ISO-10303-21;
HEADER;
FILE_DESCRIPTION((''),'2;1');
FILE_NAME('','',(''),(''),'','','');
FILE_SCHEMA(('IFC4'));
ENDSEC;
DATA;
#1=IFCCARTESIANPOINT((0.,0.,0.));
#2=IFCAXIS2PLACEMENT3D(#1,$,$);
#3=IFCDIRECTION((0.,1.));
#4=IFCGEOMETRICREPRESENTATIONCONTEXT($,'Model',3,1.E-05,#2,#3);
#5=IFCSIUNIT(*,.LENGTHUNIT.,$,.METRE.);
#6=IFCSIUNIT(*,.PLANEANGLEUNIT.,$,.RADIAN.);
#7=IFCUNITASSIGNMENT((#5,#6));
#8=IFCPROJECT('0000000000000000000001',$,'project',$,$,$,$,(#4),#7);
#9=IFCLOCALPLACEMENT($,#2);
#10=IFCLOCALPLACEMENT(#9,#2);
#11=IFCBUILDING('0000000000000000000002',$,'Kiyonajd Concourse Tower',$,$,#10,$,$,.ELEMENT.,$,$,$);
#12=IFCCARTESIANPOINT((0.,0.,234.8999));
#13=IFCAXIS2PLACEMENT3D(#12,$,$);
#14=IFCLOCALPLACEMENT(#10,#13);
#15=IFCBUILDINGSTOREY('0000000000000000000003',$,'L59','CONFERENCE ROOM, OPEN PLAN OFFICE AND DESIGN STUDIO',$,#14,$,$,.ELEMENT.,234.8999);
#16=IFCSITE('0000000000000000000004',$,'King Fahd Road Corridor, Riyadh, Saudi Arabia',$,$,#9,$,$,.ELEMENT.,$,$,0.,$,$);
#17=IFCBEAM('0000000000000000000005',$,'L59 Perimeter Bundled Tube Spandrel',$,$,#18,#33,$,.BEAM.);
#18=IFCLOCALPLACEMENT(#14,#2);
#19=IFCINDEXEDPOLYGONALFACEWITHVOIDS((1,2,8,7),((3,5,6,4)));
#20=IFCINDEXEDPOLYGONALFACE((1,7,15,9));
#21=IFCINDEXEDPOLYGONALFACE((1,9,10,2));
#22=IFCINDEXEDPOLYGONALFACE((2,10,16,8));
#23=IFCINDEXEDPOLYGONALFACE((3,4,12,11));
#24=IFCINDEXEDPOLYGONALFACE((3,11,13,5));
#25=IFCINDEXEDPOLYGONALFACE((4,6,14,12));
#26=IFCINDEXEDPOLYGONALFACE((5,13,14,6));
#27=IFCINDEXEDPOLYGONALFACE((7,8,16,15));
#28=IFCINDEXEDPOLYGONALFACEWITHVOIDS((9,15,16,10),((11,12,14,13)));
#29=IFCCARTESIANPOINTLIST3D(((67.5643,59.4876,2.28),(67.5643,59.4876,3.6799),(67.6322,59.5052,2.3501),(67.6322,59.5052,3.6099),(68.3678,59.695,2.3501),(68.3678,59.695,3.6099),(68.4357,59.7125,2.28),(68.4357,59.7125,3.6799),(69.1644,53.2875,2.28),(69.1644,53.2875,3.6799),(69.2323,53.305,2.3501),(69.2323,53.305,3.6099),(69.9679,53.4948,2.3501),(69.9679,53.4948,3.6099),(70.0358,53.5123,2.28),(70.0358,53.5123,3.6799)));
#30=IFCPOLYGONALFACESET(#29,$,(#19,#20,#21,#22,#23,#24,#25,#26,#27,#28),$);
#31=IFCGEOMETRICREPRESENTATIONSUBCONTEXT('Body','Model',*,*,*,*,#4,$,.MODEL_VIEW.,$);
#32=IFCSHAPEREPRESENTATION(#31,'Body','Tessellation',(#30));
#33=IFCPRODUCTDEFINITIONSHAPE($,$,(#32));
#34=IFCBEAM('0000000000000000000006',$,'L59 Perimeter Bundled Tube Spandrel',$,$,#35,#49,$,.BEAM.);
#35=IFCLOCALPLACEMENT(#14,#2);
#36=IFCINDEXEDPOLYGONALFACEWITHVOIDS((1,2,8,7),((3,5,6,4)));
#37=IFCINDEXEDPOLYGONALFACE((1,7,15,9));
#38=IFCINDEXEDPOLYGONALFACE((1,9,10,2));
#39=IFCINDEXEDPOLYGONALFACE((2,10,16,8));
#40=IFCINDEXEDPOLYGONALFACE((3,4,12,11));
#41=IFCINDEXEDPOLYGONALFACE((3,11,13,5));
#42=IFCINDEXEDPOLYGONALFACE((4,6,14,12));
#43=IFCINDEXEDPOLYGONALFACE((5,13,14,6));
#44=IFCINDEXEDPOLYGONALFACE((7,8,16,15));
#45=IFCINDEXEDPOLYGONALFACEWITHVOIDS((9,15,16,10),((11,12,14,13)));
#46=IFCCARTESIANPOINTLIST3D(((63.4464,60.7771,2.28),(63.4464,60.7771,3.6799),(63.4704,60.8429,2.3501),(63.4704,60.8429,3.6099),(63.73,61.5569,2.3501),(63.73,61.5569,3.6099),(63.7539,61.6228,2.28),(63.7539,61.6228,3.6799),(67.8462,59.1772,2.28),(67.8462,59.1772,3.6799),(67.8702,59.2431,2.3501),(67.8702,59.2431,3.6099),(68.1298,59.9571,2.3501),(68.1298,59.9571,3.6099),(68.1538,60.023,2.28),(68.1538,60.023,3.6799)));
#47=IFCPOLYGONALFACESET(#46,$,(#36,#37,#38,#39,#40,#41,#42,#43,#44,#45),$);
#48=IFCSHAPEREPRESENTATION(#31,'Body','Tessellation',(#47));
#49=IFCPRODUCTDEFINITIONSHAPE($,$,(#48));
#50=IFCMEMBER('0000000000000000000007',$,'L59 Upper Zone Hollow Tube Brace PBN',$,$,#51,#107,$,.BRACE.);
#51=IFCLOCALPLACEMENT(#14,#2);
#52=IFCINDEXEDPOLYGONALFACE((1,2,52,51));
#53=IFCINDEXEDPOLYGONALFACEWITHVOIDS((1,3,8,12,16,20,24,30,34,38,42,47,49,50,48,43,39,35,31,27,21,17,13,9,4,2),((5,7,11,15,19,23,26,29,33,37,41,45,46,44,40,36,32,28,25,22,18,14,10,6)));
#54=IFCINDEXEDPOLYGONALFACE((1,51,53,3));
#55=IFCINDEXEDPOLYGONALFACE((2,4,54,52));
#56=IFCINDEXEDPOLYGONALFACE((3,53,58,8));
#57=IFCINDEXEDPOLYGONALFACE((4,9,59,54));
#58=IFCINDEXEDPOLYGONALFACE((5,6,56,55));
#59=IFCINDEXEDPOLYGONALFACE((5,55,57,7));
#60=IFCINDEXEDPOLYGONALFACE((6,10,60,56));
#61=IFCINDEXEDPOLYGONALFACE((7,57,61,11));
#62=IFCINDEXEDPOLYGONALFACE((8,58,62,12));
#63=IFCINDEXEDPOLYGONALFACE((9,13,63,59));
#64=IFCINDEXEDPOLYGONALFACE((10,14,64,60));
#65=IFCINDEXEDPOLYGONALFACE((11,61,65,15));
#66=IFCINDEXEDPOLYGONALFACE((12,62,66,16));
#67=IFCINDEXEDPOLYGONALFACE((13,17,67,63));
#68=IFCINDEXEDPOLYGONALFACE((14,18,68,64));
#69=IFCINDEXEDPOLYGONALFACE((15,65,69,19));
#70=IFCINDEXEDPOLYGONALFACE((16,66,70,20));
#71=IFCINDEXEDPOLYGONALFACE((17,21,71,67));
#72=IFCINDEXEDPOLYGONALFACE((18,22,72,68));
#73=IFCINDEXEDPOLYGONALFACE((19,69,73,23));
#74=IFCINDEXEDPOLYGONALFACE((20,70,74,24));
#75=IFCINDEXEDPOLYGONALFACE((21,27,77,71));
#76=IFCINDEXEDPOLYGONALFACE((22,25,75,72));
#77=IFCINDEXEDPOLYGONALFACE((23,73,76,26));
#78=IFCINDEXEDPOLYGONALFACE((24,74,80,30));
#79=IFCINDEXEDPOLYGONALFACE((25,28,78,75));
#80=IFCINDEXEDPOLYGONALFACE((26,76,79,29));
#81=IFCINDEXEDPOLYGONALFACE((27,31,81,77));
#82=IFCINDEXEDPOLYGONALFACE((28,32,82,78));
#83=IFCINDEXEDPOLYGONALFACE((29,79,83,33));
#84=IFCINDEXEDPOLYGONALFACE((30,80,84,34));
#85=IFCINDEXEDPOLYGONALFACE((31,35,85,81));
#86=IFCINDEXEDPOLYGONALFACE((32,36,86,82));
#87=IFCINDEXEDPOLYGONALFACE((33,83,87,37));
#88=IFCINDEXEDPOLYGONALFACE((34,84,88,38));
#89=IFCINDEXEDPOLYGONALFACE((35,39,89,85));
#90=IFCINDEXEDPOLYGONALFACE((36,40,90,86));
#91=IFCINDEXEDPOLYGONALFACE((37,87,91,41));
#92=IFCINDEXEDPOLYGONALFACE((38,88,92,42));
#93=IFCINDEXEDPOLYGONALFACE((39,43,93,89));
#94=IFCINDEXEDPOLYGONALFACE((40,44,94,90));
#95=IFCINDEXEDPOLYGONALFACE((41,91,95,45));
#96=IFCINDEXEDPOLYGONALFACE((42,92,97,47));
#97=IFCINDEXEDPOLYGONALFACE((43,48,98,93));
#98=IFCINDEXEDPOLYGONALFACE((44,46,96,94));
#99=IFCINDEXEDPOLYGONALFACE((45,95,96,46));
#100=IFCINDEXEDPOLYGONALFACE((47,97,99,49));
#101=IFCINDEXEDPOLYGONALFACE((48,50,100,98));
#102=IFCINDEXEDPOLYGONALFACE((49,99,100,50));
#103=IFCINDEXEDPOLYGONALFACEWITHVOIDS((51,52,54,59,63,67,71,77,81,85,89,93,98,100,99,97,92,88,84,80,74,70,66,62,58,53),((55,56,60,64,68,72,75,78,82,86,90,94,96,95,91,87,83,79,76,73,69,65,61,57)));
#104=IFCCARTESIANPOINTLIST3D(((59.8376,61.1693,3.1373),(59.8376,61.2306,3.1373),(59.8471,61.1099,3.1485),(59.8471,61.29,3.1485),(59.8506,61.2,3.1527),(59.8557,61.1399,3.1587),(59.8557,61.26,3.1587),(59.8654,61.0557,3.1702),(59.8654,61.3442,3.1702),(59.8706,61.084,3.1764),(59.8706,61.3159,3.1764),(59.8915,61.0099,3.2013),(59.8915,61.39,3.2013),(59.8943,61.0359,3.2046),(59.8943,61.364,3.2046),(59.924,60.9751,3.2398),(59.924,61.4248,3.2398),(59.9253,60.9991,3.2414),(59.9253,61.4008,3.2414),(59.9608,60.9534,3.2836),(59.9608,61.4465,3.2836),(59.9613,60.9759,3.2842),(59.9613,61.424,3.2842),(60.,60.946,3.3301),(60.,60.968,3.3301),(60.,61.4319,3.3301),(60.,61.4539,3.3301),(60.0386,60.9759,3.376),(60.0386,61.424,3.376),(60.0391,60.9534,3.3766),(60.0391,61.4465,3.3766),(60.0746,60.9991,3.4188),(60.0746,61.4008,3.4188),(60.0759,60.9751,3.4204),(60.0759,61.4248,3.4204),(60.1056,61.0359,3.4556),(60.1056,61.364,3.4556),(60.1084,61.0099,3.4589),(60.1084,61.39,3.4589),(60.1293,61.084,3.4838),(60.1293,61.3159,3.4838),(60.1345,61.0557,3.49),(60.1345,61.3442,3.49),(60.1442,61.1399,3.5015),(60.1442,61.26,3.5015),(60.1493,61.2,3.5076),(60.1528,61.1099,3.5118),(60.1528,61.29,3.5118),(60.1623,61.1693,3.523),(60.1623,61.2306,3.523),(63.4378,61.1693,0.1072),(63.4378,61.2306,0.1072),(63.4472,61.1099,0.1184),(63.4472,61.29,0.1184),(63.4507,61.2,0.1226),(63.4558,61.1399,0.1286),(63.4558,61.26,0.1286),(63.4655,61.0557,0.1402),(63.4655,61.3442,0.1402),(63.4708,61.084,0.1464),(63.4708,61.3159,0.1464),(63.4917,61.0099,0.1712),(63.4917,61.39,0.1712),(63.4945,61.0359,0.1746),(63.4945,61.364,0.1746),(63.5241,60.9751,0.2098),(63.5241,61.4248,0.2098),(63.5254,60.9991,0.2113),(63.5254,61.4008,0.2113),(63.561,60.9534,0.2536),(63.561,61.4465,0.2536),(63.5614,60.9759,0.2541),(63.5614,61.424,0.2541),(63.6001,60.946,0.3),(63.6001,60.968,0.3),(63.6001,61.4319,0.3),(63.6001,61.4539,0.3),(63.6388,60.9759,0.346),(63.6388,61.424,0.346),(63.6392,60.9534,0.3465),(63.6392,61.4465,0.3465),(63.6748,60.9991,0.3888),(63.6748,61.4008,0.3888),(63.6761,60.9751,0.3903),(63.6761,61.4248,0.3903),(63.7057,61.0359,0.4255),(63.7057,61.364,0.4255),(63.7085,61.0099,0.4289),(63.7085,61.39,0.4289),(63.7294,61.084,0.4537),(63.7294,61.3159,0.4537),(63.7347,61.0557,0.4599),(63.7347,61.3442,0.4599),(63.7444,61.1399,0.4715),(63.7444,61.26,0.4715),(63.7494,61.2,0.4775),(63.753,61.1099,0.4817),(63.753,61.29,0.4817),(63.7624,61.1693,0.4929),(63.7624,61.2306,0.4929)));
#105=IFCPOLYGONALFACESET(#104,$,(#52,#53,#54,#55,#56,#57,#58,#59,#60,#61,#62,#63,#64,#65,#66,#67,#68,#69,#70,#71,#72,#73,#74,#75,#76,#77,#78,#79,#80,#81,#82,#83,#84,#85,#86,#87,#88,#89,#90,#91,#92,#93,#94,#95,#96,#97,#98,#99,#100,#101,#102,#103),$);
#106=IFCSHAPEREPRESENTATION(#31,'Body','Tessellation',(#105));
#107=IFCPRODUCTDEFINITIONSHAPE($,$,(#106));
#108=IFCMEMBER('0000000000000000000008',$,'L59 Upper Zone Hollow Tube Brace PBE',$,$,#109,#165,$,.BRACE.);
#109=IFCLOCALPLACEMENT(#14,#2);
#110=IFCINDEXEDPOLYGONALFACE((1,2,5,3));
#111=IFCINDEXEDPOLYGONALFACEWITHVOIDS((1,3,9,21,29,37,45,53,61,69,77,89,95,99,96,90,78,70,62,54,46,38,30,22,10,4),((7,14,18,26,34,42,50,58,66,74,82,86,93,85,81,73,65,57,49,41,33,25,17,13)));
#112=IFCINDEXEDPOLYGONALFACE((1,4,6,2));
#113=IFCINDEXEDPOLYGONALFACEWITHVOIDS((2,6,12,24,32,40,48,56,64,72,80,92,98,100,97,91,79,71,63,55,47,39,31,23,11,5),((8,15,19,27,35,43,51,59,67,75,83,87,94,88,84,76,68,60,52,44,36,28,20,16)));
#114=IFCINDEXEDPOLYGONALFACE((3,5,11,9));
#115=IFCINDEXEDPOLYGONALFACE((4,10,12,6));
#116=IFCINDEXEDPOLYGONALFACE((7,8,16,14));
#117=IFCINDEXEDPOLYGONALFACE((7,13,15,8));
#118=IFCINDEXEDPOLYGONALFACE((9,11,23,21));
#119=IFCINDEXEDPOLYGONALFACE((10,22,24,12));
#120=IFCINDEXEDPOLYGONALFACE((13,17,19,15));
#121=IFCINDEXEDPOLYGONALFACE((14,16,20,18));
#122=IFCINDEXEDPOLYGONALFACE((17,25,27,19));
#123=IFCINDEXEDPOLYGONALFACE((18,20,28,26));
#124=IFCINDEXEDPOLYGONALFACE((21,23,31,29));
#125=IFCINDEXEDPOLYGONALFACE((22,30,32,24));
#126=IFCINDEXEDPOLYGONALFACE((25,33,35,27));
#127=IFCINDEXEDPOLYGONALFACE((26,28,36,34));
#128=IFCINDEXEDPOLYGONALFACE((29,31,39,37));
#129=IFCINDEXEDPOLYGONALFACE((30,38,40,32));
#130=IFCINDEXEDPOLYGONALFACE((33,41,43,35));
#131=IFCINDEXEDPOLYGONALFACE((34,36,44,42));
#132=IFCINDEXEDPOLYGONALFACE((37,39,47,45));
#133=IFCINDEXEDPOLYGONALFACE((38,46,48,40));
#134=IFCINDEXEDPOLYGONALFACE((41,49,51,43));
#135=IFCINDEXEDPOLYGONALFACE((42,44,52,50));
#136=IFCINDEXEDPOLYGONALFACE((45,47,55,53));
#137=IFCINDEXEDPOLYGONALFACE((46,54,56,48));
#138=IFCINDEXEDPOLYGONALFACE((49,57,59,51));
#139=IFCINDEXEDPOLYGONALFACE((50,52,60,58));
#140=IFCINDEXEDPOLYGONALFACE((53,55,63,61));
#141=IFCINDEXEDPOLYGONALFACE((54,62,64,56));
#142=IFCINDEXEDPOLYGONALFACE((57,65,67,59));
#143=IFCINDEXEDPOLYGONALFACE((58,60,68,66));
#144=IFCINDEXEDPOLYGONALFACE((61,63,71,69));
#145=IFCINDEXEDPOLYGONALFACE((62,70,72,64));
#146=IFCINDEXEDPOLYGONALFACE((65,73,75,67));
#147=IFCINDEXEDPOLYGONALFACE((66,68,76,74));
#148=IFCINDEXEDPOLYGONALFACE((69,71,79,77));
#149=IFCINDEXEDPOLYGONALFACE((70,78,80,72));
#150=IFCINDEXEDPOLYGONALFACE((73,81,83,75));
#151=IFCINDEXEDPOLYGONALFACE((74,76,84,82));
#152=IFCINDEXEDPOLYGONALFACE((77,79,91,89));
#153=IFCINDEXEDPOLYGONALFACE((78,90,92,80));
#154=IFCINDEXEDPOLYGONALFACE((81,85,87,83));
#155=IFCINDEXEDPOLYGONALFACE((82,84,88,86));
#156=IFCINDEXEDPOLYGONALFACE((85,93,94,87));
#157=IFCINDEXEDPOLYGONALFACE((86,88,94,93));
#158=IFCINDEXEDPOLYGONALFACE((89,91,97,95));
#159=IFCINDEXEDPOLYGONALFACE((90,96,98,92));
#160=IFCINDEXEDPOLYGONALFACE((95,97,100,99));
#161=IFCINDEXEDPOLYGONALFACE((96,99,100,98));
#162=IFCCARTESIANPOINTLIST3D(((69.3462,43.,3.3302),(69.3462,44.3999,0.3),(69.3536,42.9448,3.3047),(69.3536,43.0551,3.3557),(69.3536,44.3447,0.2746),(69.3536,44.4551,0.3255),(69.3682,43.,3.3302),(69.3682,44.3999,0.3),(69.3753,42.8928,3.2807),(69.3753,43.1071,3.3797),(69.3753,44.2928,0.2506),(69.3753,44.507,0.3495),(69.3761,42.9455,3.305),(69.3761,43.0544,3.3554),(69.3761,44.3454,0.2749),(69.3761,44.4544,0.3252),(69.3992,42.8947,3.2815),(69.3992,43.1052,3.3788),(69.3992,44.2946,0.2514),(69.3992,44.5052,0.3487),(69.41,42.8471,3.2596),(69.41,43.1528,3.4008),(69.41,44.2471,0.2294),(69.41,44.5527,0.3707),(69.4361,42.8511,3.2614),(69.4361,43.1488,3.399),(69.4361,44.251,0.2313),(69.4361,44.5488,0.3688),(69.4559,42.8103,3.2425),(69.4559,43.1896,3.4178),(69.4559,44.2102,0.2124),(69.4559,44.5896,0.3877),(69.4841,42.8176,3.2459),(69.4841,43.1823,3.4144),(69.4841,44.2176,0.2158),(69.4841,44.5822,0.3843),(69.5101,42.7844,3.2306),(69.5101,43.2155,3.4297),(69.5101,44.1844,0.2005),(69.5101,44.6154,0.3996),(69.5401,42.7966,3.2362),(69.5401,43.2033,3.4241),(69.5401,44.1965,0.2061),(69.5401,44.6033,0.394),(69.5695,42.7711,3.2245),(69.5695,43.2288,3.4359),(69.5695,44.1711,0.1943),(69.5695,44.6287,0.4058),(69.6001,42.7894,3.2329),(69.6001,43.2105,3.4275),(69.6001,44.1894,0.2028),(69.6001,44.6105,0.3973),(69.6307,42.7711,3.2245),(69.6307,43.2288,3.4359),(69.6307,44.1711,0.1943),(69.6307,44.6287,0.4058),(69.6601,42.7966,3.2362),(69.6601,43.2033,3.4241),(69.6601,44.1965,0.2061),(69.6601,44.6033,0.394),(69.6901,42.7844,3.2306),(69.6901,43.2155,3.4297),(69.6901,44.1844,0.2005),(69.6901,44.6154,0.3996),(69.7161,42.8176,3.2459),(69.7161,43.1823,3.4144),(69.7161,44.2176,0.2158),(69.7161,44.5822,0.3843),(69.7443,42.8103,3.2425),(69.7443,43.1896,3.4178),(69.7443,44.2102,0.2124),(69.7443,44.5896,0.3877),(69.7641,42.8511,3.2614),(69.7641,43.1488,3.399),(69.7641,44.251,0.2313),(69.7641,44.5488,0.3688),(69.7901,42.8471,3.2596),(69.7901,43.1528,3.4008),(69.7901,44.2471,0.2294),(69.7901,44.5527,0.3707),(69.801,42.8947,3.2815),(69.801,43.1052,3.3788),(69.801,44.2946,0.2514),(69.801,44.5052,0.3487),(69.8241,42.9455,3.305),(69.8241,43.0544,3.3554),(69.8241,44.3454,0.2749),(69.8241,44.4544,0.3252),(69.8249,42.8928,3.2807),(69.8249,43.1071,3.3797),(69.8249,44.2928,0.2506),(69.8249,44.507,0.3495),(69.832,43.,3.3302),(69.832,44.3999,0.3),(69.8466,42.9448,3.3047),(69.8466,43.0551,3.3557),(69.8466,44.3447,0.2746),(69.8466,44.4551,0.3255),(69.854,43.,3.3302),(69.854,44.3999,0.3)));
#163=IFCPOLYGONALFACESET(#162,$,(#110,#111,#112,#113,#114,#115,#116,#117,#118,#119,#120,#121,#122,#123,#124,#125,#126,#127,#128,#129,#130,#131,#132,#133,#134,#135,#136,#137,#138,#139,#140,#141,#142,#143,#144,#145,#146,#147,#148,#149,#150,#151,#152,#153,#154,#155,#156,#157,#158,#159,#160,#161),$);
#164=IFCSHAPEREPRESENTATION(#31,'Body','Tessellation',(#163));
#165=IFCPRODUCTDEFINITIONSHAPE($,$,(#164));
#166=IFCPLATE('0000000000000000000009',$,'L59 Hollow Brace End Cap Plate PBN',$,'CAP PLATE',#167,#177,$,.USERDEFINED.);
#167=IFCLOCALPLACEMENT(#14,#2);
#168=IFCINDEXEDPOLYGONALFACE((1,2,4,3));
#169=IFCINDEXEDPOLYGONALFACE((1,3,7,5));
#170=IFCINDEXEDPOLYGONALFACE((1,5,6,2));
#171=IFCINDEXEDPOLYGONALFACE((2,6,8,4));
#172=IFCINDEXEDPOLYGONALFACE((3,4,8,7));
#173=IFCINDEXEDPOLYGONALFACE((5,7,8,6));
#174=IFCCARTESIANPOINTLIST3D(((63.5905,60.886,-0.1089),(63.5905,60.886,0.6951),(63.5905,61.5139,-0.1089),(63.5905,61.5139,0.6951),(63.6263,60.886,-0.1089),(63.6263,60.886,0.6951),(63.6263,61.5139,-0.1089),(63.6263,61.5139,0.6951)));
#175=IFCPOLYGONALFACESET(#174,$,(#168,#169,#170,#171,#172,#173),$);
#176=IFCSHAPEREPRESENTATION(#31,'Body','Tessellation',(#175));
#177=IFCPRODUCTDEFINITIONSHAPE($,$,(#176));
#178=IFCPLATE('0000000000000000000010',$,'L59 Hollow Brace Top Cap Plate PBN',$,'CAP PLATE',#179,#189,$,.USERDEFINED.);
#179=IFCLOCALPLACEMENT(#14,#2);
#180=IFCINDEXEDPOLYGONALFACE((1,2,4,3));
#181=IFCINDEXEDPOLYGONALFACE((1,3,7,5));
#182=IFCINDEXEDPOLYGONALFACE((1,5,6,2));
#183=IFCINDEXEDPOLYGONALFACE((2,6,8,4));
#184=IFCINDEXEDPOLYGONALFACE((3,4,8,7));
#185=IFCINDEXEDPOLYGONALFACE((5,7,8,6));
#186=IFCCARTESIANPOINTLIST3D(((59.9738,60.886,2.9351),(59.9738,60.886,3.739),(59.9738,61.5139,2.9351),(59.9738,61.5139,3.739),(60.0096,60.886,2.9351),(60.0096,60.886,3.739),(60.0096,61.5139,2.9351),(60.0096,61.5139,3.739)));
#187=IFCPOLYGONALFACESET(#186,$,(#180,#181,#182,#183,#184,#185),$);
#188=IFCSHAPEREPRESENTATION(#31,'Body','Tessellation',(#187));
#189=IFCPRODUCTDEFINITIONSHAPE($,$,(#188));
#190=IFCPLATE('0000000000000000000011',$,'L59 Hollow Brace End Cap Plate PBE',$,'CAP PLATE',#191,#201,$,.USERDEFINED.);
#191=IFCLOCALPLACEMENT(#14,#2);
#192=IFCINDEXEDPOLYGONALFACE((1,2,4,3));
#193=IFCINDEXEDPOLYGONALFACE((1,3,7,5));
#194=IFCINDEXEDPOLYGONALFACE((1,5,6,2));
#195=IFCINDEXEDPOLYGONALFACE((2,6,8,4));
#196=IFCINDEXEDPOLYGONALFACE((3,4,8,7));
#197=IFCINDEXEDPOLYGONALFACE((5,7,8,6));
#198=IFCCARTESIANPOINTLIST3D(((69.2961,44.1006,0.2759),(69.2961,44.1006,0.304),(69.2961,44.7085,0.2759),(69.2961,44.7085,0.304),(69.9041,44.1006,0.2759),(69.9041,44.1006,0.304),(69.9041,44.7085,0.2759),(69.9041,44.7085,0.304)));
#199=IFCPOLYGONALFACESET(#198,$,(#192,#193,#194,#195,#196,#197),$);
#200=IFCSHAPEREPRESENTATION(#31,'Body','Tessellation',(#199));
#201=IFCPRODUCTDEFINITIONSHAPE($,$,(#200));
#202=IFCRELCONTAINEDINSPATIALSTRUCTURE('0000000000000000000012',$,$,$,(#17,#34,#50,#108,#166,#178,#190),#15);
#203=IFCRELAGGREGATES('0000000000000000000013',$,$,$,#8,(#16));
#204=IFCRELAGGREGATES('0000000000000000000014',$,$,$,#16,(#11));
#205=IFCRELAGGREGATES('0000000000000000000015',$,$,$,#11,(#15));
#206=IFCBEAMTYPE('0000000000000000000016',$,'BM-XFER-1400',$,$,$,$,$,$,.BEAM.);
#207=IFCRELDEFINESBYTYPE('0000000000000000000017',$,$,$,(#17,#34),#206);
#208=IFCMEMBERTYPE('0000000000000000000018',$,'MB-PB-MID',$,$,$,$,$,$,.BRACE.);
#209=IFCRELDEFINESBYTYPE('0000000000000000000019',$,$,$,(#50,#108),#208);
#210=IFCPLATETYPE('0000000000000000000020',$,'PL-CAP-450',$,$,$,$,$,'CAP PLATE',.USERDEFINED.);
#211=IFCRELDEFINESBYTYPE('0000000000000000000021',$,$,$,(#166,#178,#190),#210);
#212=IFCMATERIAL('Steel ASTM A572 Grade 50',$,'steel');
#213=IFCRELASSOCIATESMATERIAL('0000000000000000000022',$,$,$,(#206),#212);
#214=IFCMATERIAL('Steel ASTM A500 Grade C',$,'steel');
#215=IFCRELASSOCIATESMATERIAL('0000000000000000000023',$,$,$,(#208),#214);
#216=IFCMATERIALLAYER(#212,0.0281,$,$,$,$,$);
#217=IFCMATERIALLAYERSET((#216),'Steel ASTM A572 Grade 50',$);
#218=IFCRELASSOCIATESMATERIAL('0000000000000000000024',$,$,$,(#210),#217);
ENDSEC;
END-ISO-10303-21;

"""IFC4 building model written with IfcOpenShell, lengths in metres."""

from ifc_helpers import new_model, si_unit, direction, frame, origin, origin_2d, place, context, subcontext, project, spatial, rectangle, hollow_rectangle, hollow_circle, extrude, material, layer, layer_set, material_profile, profile_set, type_object, element, save


model = new_model("IFC4")

# Units and contexts
model_context = context("Model", 3, precision=1e-05, world=origin(), true_north=direction((0.0, 1.0)))
body_context = subcontext(model_context, "Body", "Model", "MODEL_VIEW")
ifc_project = project(units=[si_unit("LENGTHUNIT", "METRE"), si_unit("PLANEANGLEUNIT", "RADIAN")], contexts=[model_context])

# Site, building, storey
site_placement = place(None, origin())
site = spatial("IfcSite", under=ifc_project, at=site_placement, Name="King Fahd Road Corridor, Riyadh, Saudi Arabia", CompositionType="ELEMENT", RefElevation=0.0)
building_placement = place(site_placement, origin())
building = spatial("IfcBuilding", under=site, at=building_placement, Name="Kiyonajd Concourse Tower", CompositionType="ELEMENT")
storey_placement = place(building_placement, frame((0.0, 0.0, 234.8999)))
storey = spatial("IfcBuildingStorey", under=building, at=storey_placement, Name="L59", Description="CONFERENCE ROOM, OPEN PLAN OFFICE AND DESIGN STUDIO", CompositionType="ELEMENT", Elevation=234.8999)

# Beams
ifc_material_1 = material(Name="Steel ASTM A572 Grade 50", Category="steel")
ifc_material_profile_1 = material_profile(ifc_material_1, hollow_rectangle(XDim=0.8999, YDim=1.3999, WallThickness=0.0701, at=origin_2d()), Name="BOX-1400x900x70")
ifc_profile_set_1 = profile_set([ifc_material_profile_1], Name="Steel ASTM A572 Grade 50")
beam_type_1 = type_object("IfcBeamType", Name="BM-XFER-1400", PredefinedType="BEAM", material=ifc_profile_set_1)
beam_1_placement = place(storey_placement, frame((69.6001, 53.3999, 2.98), z_axis=(-0.249885, 0.968276, 0.0), x_axis=(-0.968276, -0.249885, 0.0)))
element("IfcBeam", 1, at=beam_1_placement, inside=storey, type_object=beam_type_1, Name="L59 Perimeter Bundled Tube Spandrel", PredefinedType="BEAM", context=body_context, shape_type="SweptSolid", body=[
    extrude(hollow_rectangle(XDim=0.8999, YDim=1.3999, WallThickness=0.0701, at=origin_2d()), origin(), (0.0, 0.0, 1.0), 6.4033),
])
beam_2_placement = place(storey_placement, frame((68.0, 59.6001, 2.98), z_axis=(-0.939801, 0.341722, 0.0), x_axis=(-0.341722, -0.939801, 0.0)))
element("IfcBeam", 2, at=beam_2_placement, inside=storey, type_object=beam_type_1, Name="L59 Perimeter Bundled Tube Spandrel", PredefinedType="BEAM", context=body_context, shape_type="SweptSolid", body=[
    extrude(hollow_rectangle(XDim=0.8999, YDim=1.3999, WallThickness=0.0701, at=origin_2d()), origin(), (0.0, 0.0, 1.0), 4.6816),
])

# Members
ifc_material_2 = material(Name="Steel ASTM A500 Grade C", Category="steel")
ifc_material_profile_2 = material_profile(ifc_material_2, hollow_circle(Radius=0.2539, WallThickness=0.022, at=origin_2d()), Name="CHS-508x22")
ifc_profile_set_2 = profile_set([ifc_material_profile_2], Name="Steel ASTM A500 Grade C")
member_type = type_object("IfcMemberType", Name="MB-PB-MID", PredefinedType="BRACE", material=ifc_profile_set_2)
member_1_placement = place(storey_placement, frame((63.6001, 61.2, 0.3), z_axis=(-0.765082, 0.0, 0.643933), x_axis=(0.0, -1.0, 0.0)))
element("IfcMember", 3, at=member_1_placement, inside=storey, type_object=member_type, Name="L59 Upper Zone Hollow Tube Brace PBN", PredefinedType="BRACE", context=body_context, shape_type="SweptSolid", body=[
    extrude(hollow_circle(Radius=0.2539, WallThickness=0.022, at=origin_2d()), origin(), (0.0, 0.0, 1.0), 4.7056),
])
member_2_placement = place(storey_placement, frame((69.6001, 44.3999, 0.3), z_axis=(0.0, -0.419411, 0.907797), x_axis=(1.0, 0.0, 0.0)))
element("IfcMember", 4, at=member_2_placement, inside=storey, type_object=member_type, Name="L59 Upper Zone Hollow Tube Brace PBE", PredefinedType="BRACE", context=body_context, shape_type="SweptSolid", body=[
    extrude(hollow_circle(Radius=0.2539, WallThickness=0.022, at=origin_2d()), origin(), (0.0, 0.0, 1.0), 3.3379),
])

# Plates
ifc_layer_1 = layer(ifc_material_1, 0.0281)
ifc_layer_set_1 = layer_set([ifc_layer_1], Name="Steel ASTM A572 Grade 50")
plate_type_1 = type_object("IfcPlateType", Name="PL-CAP-450", ElementType="CAP PLATE", PredefinedType="USERDEFINED", material=ifc_layer_set_1)
for number, where, z_axis, x_axis, name in (
    (5, (63.6084, 61.2, -0.1089), (0.0, 0.0, 1.0), (1.0, 0.0, 0.0), "L59 Hollow Brace End Cap Plate PBN"),
    (6, (59.9917, 61.2, 2.9351), (0.0, 0.0, 1.0), (-1.0, 0.0, 0.0), "L59 Hollow Brace Top Cap Plate PBN"),
):
    element("IfcPlate", number, at=place(storey_placement, frame(where, z_axis=z_axis, x_axis=x_axis)), inside=storey, type_object=plate_type_1, Name=name, ObjectType="CAP PLATE", PredefinedType="USERDEFINED", context=body_context, shape_type="SweptSolid", body=[
        extrude(rectangle(XDim=0.0359, YDim=0.6279, at=origin_2d()), origin(), (0.0, 0.0, 1.0), 0.804),
    ])
plate_placement = place(storey_placement, frame((69.6001, 44.4045, 0.2759), z_axis=(0.0, 0.0, 1.0), x_axis=(1.0, 0.0, 0.0)))
element("IfcPlate", 7, at=plate_placement, inside=storey, type_object=plate_type_1, Name="L59 Hollow Brace End Cap Plate PBE", ObjectType="CAP PLATE", PredefinedType="USERDEFINED", context=body_context, shape_type="SweptSolid", body=[
    extrude(rectangle(XDim=0.6079, YDim=0.6079, at=origin_2d()), origin(), (0.0, 0.0, 1.0), 0.0281),
])

save(model, "model.ifc")
